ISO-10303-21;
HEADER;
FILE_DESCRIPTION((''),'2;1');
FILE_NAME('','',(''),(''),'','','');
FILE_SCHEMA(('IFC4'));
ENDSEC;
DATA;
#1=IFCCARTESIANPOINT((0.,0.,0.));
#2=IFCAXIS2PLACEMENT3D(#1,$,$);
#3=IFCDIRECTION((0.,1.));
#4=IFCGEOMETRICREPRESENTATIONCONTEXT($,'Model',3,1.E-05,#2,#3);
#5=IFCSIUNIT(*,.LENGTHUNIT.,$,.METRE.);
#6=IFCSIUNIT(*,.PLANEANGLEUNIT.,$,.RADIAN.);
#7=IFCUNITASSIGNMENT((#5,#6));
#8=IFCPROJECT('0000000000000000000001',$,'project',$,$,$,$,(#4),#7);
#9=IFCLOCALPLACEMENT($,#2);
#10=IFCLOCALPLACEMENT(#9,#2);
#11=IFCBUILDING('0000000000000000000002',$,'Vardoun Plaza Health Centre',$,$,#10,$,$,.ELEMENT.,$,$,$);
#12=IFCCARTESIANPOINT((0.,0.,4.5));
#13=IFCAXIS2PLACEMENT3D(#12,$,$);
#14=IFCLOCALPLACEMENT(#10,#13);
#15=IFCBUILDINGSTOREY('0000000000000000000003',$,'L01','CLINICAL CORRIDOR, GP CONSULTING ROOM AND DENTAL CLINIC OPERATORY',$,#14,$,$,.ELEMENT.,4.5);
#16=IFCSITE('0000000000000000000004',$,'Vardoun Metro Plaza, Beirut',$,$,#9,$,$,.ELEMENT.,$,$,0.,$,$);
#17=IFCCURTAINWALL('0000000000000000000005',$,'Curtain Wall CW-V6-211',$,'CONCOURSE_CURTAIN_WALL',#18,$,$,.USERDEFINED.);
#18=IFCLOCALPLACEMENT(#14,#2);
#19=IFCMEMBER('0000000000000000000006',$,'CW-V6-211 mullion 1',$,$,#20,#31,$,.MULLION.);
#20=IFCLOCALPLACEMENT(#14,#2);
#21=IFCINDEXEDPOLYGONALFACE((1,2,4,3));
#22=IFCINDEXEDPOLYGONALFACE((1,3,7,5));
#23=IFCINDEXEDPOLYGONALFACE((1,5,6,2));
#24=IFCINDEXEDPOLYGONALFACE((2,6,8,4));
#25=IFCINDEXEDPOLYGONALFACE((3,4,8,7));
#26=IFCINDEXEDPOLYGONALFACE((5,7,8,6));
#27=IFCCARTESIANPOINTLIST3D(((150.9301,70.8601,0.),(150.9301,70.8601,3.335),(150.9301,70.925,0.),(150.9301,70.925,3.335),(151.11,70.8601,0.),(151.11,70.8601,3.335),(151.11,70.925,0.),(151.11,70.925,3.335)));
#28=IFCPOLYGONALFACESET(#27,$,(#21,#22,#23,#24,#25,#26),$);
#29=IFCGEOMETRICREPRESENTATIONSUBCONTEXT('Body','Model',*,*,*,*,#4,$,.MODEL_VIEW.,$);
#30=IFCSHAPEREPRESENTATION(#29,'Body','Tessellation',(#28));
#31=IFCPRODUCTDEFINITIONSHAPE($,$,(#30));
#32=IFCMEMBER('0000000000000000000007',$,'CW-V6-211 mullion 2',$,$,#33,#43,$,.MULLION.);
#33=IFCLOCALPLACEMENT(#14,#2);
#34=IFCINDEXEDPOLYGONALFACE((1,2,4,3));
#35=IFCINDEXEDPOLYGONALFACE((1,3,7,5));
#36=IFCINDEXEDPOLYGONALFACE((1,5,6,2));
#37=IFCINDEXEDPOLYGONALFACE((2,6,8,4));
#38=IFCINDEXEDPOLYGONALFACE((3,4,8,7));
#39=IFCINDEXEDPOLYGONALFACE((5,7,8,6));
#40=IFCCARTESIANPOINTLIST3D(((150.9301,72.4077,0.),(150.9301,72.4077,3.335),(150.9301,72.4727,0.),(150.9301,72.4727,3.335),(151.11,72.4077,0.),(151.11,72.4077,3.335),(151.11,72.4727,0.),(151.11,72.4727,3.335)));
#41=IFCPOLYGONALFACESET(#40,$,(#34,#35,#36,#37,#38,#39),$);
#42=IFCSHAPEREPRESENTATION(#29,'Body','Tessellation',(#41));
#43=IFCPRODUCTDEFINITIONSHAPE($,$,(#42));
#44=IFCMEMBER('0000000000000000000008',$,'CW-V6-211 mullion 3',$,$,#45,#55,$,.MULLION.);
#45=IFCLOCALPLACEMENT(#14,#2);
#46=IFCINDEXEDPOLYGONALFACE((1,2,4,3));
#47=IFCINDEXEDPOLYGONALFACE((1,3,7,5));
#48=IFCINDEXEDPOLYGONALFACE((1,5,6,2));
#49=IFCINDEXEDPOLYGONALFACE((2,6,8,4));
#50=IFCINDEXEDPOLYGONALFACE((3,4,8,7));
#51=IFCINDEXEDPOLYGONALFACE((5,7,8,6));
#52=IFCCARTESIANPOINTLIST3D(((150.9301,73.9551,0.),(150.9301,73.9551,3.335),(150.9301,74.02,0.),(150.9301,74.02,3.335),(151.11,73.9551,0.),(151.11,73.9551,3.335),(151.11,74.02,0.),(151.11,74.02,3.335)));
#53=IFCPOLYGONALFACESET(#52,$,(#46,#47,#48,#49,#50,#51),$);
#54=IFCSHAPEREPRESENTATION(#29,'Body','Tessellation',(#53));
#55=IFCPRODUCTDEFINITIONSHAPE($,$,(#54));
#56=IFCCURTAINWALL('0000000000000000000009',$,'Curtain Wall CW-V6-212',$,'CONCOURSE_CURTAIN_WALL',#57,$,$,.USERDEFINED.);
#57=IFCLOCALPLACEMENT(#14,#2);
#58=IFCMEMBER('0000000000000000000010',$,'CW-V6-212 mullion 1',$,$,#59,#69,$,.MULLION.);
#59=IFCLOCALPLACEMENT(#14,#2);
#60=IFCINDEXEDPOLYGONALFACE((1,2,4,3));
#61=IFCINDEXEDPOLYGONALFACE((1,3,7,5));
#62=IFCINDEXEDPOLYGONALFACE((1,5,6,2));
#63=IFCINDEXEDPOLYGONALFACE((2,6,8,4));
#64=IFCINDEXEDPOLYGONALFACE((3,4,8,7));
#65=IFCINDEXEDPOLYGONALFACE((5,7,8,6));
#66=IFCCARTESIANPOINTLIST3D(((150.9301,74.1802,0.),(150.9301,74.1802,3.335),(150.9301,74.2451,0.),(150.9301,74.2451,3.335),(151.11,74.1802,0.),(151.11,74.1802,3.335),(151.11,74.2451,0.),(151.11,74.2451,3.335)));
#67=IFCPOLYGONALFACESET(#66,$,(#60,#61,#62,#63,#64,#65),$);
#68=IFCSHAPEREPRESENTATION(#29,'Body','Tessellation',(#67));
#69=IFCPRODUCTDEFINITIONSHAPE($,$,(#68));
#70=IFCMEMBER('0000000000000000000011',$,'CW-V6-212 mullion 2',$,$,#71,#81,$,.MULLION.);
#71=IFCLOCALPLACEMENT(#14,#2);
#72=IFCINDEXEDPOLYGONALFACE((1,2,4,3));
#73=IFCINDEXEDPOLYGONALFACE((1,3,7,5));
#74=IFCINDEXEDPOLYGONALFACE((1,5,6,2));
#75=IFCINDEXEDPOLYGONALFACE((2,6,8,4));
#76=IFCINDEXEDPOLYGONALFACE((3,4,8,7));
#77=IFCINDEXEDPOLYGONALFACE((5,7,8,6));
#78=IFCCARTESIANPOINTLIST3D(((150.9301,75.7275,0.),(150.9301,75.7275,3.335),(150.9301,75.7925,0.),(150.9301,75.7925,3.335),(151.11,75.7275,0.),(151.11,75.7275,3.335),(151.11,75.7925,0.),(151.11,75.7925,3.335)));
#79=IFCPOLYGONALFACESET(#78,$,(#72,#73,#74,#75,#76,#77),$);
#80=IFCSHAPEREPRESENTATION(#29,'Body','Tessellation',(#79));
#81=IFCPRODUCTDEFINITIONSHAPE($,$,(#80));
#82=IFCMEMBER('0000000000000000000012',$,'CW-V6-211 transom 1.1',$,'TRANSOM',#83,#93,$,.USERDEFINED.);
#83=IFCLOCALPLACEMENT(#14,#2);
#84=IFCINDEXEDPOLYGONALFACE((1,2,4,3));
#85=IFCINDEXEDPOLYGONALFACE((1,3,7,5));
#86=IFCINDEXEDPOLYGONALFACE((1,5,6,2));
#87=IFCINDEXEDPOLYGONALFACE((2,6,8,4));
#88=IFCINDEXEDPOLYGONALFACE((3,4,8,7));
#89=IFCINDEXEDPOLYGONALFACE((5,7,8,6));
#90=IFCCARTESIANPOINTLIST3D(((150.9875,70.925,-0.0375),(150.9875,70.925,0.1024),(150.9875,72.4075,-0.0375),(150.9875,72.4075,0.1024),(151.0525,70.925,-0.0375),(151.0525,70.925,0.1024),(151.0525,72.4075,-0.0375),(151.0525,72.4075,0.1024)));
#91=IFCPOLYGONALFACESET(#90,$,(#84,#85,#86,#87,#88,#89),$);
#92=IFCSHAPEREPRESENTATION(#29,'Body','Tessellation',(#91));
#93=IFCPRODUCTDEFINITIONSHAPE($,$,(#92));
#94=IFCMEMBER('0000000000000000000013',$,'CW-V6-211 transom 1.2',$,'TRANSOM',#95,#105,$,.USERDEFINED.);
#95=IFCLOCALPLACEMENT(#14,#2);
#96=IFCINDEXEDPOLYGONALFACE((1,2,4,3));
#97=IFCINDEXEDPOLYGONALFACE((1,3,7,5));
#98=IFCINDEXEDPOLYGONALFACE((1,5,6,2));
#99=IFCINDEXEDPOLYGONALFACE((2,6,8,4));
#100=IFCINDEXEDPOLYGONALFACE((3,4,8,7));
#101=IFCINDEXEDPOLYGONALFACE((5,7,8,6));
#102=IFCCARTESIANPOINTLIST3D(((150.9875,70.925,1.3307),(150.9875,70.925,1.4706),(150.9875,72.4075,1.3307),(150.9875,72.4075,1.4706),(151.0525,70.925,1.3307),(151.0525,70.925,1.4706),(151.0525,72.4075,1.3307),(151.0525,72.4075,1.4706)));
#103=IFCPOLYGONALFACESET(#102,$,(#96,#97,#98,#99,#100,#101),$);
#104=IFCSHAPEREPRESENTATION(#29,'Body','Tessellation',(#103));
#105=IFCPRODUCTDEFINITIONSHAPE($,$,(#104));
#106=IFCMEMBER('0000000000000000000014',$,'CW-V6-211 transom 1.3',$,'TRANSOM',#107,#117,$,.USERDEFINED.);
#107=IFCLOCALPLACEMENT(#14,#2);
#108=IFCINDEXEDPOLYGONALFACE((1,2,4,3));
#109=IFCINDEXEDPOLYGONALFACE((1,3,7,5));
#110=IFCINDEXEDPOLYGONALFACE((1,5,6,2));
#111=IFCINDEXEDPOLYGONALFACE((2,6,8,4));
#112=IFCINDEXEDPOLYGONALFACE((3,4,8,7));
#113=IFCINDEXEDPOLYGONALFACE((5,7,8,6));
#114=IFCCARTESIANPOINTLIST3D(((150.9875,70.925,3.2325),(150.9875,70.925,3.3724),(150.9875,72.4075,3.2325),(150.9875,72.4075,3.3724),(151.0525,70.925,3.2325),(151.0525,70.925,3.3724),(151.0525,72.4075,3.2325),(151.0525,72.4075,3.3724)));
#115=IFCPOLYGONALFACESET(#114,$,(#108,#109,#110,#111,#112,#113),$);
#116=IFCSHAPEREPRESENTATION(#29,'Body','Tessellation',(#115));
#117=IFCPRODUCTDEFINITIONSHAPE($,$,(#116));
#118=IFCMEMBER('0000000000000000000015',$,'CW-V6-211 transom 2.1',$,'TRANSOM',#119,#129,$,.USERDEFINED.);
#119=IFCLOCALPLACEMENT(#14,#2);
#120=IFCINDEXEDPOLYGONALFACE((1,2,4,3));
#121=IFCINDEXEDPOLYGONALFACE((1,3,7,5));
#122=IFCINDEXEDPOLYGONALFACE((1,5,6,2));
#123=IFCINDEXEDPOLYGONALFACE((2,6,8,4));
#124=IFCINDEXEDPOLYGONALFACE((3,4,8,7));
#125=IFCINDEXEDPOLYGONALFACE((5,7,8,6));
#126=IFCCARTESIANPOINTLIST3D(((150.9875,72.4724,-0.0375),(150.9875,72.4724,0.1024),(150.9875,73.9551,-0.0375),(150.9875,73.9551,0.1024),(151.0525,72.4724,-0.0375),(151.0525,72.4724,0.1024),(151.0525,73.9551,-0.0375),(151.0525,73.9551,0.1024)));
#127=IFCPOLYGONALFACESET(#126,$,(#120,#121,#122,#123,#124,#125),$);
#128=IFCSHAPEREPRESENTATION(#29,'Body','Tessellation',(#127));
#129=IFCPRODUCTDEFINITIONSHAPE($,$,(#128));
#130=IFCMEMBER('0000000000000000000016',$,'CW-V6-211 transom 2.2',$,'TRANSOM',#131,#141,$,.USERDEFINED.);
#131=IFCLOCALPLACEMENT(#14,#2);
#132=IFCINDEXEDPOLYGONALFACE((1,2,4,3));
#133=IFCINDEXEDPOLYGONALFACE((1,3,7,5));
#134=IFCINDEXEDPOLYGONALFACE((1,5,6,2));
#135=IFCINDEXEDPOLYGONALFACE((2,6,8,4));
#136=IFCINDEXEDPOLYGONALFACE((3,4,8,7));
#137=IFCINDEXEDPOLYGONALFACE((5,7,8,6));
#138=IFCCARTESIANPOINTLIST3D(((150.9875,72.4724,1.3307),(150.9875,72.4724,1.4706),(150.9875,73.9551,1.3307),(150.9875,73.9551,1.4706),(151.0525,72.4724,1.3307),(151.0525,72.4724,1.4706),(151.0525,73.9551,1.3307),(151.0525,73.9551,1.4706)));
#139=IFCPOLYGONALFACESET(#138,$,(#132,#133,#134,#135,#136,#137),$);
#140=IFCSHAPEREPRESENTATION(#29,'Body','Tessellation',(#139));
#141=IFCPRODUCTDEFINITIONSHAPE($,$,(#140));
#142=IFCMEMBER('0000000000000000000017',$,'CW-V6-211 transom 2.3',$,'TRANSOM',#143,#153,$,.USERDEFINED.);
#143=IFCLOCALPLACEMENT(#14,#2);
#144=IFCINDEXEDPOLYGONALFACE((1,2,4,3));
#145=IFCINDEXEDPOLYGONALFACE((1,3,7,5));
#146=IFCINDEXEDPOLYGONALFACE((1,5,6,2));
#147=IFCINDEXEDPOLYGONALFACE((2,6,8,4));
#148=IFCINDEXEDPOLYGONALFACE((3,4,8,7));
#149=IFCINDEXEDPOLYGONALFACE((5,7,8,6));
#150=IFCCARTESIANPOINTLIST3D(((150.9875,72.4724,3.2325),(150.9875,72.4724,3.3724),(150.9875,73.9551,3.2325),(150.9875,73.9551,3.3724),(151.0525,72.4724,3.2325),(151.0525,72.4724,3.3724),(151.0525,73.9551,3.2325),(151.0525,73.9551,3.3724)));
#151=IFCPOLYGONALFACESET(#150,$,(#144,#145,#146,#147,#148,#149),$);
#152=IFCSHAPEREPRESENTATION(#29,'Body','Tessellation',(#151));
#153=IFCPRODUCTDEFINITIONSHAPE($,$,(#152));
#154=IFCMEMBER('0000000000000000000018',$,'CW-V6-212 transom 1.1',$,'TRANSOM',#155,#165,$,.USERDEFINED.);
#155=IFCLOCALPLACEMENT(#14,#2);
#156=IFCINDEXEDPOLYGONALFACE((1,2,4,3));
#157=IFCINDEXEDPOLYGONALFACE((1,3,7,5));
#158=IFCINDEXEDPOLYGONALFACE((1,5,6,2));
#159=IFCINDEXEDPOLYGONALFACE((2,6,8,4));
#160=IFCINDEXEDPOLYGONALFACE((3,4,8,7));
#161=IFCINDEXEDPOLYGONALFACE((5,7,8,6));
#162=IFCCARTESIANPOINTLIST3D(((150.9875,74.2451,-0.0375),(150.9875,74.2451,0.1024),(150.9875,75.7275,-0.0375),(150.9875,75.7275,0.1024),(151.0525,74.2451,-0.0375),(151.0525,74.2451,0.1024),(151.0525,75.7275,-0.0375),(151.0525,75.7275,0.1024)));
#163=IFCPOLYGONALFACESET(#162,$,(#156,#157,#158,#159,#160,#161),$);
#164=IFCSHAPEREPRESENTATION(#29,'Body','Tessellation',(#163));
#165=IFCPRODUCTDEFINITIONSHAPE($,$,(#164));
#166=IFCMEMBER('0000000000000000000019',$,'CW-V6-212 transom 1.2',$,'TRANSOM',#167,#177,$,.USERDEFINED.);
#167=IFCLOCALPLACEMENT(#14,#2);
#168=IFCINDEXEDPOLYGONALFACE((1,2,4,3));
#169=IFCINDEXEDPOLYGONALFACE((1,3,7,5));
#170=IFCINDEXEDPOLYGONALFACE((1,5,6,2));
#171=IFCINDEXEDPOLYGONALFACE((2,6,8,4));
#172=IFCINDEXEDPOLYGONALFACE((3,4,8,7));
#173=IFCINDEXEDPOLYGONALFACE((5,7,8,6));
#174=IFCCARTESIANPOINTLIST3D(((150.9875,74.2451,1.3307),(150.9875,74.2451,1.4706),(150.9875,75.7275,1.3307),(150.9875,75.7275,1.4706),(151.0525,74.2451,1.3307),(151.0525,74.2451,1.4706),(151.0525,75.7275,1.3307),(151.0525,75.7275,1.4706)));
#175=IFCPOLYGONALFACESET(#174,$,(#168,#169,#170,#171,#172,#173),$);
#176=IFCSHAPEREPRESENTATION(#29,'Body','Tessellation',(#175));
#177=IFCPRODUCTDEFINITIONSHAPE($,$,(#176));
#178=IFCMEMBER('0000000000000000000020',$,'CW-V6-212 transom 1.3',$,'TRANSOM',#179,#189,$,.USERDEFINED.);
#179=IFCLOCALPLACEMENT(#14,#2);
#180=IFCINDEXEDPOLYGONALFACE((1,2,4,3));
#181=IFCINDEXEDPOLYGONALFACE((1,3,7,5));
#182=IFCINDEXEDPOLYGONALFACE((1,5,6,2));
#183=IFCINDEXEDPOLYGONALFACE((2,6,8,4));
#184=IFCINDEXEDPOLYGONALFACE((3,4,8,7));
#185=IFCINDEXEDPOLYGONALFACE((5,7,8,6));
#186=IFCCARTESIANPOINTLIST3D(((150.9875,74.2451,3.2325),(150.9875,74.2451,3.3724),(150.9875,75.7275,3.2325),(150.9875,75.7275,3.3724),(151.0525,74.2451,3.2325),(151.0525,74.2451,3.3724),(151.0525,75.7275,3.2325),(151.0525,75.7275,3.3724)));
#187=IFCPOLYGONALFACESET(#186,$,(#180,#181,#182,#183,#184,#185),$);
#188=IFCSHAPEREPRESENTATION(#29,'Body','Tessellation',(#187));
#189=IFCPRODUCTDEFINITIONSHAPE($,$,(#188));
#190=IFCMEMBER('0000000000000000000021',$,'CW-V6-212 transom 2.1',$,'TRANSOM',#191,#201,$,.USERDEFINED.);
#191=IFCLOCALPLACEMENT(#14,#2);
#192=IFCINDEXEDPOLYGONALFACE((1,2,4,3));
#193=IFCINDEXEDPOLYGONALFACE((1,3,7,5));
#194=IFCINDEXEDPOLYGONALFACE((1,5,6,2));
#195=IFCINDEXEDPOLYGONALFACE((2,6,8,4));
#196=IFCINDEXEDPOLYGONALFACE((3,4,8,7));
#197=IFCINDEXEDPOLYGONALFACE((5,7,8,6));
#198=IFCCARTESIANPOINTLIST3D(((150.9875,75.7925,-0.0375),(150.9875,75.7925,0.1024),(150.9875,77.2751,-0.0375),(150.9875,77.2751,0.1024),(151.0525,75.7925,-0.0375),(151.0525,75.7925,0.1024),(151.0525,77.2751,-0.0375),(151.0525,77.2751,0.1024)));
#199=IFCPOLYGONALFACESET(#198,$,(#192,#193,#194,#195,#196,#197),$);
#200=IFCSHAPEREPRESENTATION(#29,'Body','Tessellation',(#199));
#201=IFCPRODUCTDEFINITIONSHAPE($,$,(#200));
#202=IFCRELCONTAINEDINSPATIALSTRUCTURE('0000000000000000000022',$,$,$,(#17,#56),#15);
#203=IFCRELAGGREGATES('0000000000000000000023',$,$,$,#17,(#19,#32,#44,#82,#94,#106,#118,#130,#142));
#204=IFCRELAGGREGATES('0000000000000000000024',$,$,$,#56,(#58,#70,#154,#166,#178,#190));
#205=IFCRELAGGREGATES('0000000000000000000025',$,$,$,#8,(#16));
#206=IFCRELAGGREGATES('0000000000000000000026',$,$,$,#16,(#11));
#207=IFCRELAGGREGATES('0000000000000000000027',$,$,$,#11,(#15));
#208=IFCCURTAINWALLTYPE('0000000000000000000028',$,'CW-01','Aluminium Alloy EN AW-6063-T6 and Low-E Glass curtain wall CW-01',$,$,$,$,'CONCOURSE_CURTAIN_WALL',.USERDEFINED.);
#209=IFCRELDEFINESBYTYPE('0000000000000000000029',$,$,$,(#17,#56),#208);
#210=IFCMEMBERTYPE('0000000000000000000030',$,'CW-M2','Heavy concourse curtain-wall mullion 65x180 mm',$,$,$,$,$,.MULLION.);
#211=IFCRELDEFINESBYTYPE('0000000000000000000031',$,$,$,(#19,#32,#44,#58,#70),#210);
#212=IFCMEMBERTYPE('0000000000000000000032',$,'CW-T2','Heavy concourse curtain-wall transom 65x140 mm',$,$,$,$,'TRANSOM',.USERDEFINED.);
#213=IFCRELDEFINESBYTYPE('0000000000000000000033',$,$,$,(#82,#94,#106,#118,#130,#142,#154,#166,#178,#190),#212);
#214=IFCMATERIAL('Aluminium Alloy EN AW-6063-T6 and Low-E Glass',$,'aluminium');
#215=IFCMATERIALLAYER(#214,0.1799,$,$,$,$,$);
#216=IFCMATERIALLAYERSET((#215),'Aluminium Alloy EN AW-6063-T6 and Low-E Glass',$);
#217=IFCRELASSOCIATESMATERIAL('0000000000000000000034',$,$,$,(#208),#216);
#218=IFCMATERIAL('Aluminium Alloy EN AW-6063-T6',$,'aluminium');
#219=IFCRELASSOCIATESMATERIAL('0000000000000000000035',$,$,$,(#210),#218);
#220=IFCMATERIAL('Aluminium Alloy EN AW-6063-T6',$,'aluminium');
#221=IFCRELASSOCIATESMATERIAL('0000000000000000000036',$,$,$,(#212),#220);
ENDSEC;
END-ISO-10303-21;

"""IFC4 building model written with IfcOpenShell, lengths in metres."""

from ifc_helpers import new_model, si_unit, direction, frame, origin, origin_2d, place, context, subcontext, project, spatial, rectangle, extrude, material, layer, layer_set, material_profile, profile_set, type_object, element, aggregate, save


model = new_model("IFC4")

# Units and contexts
model_context = context("Model", 3, precision=1e-05, world=origin(), true_north=direction((0.0, 1.0)))
body_context = subcontext(model_context, "Body", "Model", "MODEL_VIEW")
ifc_project = project(units=[si_unit("LENGTHUNIT", "METRE"), si_unit("PLANEANGLEUNIT", "RADIAN")], contexts=[model_context])

# Site, building, storey
site_placement = place(None, origin())
site = spatial("IfcSite", under=ifc_project, at=site_placement, Name="Vardoun Metro Plaza, Beirut", CompositionType="ELEMENT", RefElevation=0.0)
building_placement = place(site_placement, origin())
building = spatial("IfcBuilding", under=site, at=building_placement, Name="Vardoun Plaza Health Centre", CompositionType="ELEMENT")
storey_placement = place(building_placement, frame((0.0, 0.0, 4.5)))
storey = spatial("IfcBuildingStorey", under=building, at=storey_placement, Name="L01", Description="CLINICAL CORRIDOR, GP CONSULTING ROOM AND DENTAL CLINIC OPERATORY", CompositionType="ELEMENT", Elevation=4.5)

# Curtain walls, members
ifc_material_1 = material(Name="Aluminium Alloy EN AW-6063-T6 and Low-E Glass", Category="aluminium")
ifc_layer_1 = layer(ifc_material_1, 0.1799)
ifc_layer_set_1 = layer_set([ifc_layer_1], Name="Aluminium Alloy EN AW-6063-T6 and Low-E Glass")
curtain_wall_type = type_object("IfcCurtainWallType", Name="CW-01", Description="Aluminium Alloy EN AW-6063-T6 and Low-E Glass curtain wall CW-01", ElementType="CONCOURSE_CURTAIN_WALL", PredefinedType="USERDEFINED", material=ifc_layer_set_1)
curtain_wall_1_placement = place(storey_placement, origin())
curtain_wall_1 = element("IfcCurtainWall", 1, at=curtain_wall_1_placement, inside=storey, type_object=curtain_wall_type, Name="Curtain Wall CW-V6-211", ObjectType="CONCOURSE_CURTAIN_WALL", PredefinedType="USERDEFINED")
ifc_material_2 = material(Name="Aluminium Alloy EN AW-6063-T6", Category="aluminium")
ifc_material_profile_1 = material_profile(ifc_material_2, rectangle(XDim=0.1799, YDim=0.0649, at=origin_2d()), Name="CWM 65x180")
ifc_profile_set_1 = profile_set([ifc_material_profile_1], Name="Aluminium Alloy EN AW-6063-T6")
member_type_1 = type_object("IfcMemberType", Name="CW-M2", Description="Heavy concourse curtain-wall mullion 65x180 mm", PredefinedType="MULLION", material=ifc_profile_set_1)
member_1_placement = place(storey_placement, frame((151.02, 70.8926, 0.0), z_axis=(0.0, 0.0, 1.0), x_axis=(-1.0, 0.0, 0.0)))
member_1 = element("IfcMember", 2, at=member_1_placement, type_object=member_type_1, Name="CW-V6-211 mullion 1", PredefinedType="MULLION", context=body_context, shape_type="SweptSolid", body=[
    extrude(rectangle(XDim=0.1799, YDim=0.0649, at=origin_2d()), origin(), (0.0, 0.0, 1.0), 3.335),
])
member_2_placement = place(storey_placement, frame((151.02, 72.4402, 0.0), z_axis=(0.0, 0.0, 1.0), x_axis=(-1.0, 0.0, 0.0)))
member_2 = element("IfcMember", 3, at=member_2_placement, type_object=member_type_1, Name="CW-V6-211 mullion 2", PredefinedType="MULLION", context=body_context, shape_type="SweptSolid", body=[
    extrude(rectangle(XDim=0.1799, YDim=0.0649, at=origin_2d()), origin(), (0.0, 0.0, 1.0), 3.335),
])
member_3_placement = place(storey_placement, frame((151.02, 73.9875, 0.0), z_axis=(0.0, 0.0, 1.0), x_axis=(-1.0, 0.0, 0.0)))
member_3 = element("IfcMember", 4, at=member_3_placement, type_object=member_type_1, Name="CW-V6-211 mullion 3", PredefinedType="MULLION", context=body_context, shape_type="SweptSolid", body=[
    extrude(rectangle(XDim=0.1799, YDim=0.0649, at=origin_2d()), origin(), (0.0, 0.0, 1.0), 3.335),
])
curtain_wall_2_placement = place(storey_placement, origin())
curtain_wall_2 = element("IfcCurtainWall", 5, at=curtain_wall_2_placement, inside=storey, type_object=curtain_wall_type, Name="Curtain Wall CW-V6-212", ObjectType="CONCOURSE_CURTAIN_WALL", PredefinedType="USERDEFINED")
member_4_placement = place(storey_placement, frame((151.02, 74.2126, 0.0), z_axis=(0.0, 0.0, 1.0), x_axis=(-1.0, 0.0, 0.0)))
member_4 = element("IfcMember", 6, at=member_4_placement, type_object=member_type_1, Name="CW-V6-212 mullion 1", PredefinedType="MULLION", context=body_context, shape_type="SweptSolid", body=[
    extrude(rectangle(XDim=0.1799, YDim=0.0649, at=origin_2d()), origin(), (0.0, 0.0, 1.0), 3.335),
])
member_5_placement = place(storey_placement, frame((151.02, 75.76, 0.0), z_axis=(0.0, 0.0, 1.0), x_axis=(-1.0, 0.0, 0.0)))
member_5 = element("IfcMember", 7, at=member_5_placement, type_object=member_type_1, Name="CW-V6-212 mullion 2", PredefinedType="MULLION", context=body_context, shape_type="SweptSolid", body=[
    extrude(rectangle(XDim=0.1799, YDim=0.0649, at=origin_2d()), origin(), (0.0, 0.0, 1.0), 3.335),
])

# Members
ifc_material_3 = material(Name="Aluminium Alloy EN AW-6063-T6", Category="aluminium")
ifc_material_profile_2 = material_profile(ifc_material_3, rectangle(XDim=0.0649, YDim=0.1399, at=origin_2d()), Name="CWT 65x140")
ifc_profile_set_2 = profile_set([ifc_material_profile_2], Name="Aluminium Alloy EN AW-6063-T6")
member_type_2 = type_object("IfcMemberType", Name="CW-T2", Description="Heavy concourse curtain-wall transom 65x140 mm", ElementType="TRANSOM", PredefinedType="USERDEFINED", material=ifc_profile_set_2)
member_6_placement = place(storey_placement, frame((151.02, 70.925, 0.0325), z_axis=(0.0, 1.0, 0.0), x_axis=(-1.0, 0.0, 0.0)))
member_6 = element("IfcMember", 8, at=member_6_placement, type_object=member_type_2, Name="CW-V6-211 transom 1.1", ObjectType="TRANSOM", PredefinedType="USERDEFINED", context=body_context, shape_type="SweptSolid", body=[
    extrude(rectangle(XDim=0.0649, YDim=0.1399, at=origin_2d()), origin(), (0.0, 0.0, 1.0), 1.4824),
])
member_7_placement = place(storey_placement, frame((151.02, 70.925, 1.4006), z_axis=(0.0, 1.0, 0.0), x_axis=(-1.0, 0.0, 0.0)))
member_7 = element("IfcMember", 9, at=member_7_placement, type_object=member_type_2, Name="CW-V6-211 transom 1.2", ObjectType="TRANSOM", PredefinedType="USERDEFINED", context=body_context, shape_type="SweptSolid", body=[
    extrude(rectangle(XDim=0.0649, YDim=0.1399, at=origin_2d()), origin(), (0.0, 0.0, 1.0), 1.4824),
])
member_8_placement = place(storey_placement, frame((151.02, 70.925, 3.3025), z_axis=(0.0, 1.0, 0.0), x_axis=(-1.0, 0.0, 0.0)))
member_8 = element("IfcMember", 10, at=member_8_placement, type_object=member_type_2, Name="CW-V6-211 transom 1.3", ObjectType="TRANSOM", PredefinedType="USERDEFINED", context=body_context, shape_type="SweptSolid", body=[
    extrude(rectangle(XDim=0.0649, YDim=0.1399, at=origin_2d()), origin(), (0.0, 0.0, 1.0), 1.4824),
])
member_9_placement = place(storey_placement, frame((151.02, 72.4724, 0.0325), z_axis=(0.0, 1.0, 0.0), x_axis=(-1.0, 0.0, 0.0)))
member_9 = element("IfcMember", 11, at=member_9_placement, type_object=member_type_2, Name="CW-V6-211 transom 2.1", ObjectType="TRANSOM", PredefinedType="USERDEFINED", context=body_context, shape_type="SweptSolid", body=[
    extrude(rectangle(XDim=0.0649, YDim=0.1399, at=origin_2d()), origin(), (0.0, 0.0, 1.0), 1.4827),
])
member_10_placement = place(storey_placement, frame((151.02, 72.4724, 1.4006), z_axis=(0.0, 1.0, 0.0), x_axis=(-1.0, 0.0, 0.0)))
member_10 = element("IfcMember", 12, at=member_10_placement, type_object=member_type_2, Name="CW-V6-211 transom 2.2", ObjectType="TRANSOM", PredefinedType="USERDEFINED", context=body_context, shape_type="SweptSolid", body=[
    extrude(rectangle(XDim=0.0649, YDim=0.1399, at=origin_2d()), origin(), (0.0, 0.0, 1.0), 1.4827),
])
member_11_placement = place(storey_placement, frame((151.02, 72.4724, 3.3025), z_axis=(0.0, 1.0, 0.0), x_axis=(-1.0, 0.0, 0.0)))
member_11 = element("IfcMember", 13, at=member_11_placement, type_object=member_type_2, Name="CW-V6-211 transom 2.3", ObjectType="TRANSOM", PredefinedType="USERDEFINED", context=body_context, shape_type="SweptSolid", body=[
    extrude(rectangle(XDim=0.0649, YDim=0.1399, at=origin_2d()), origin(), (0.0, 0.0, 1.0), 1.4827),
])
member_12_placement = place(storey_placement, frame((151.02, 74.2451, 0.0325), z_axis=(0.0, 1.0, 0.0), x_axis=(-1.0, 0.0, 0.0)))
member_12 = element("IfcMember", 14, at=member_12_placement, type_object=member_type_2, Name="CW-V6-212 transom 1.1", ObjectType="TRANSOM", PredefinedType="USERDEFINED", context=body_context, shape_type="SweptSolid", body=[
    extrude(rectangle(XDim=0.0649, YDim=0.1399, at=origin_2d()), origin(), (0.0, 0.0, 1.0), 1.4824),
])
member_13_placement = place(storey_placement, frame((151.02, 74.2451, 1.4006), z_axis=(0.0, 1.0, 0.0), x_axis=(-1.0, 0.0, 0.0)))
member_13 = element("IfcMember", 15, at=member_13_placement, type_object=member_type_2, Name="CW-V6-212 transom 1.2", ObjectType="TRANSOM", PredefinedType="USERDEFINED", context=body_context, shape_type="SweptSolid", body=[
    extrude(rectangle(XDim=0.0649, YDim=0.1399, at=origin_2d()), origin(), (0.0, 0.0, 1.0), 1.4824),
])
member_14_placement = place(storey_placement, frame((151.02, 74.2451, 3.3025), z_axis=(0.0, 1.0, 0.0), x_axis=(-1.0, 0.0, 0.0)))
member_14 = element("IfcMember", 16, at=member_14_placement, type_object=member_type_2, Name="CW-V6-212 transom 1.3", ObjectType="TRANSOM", PredefinedType="USERDEFINED", context=body_context, shape_type="SweptSolid", body=[
    extrude(rectangle(XDim=0.0649, YDim=0.1399, at=origin_2d()), origin(), (0.0, 0.0, 1.0), 1.4824),
])
member_15_placement = place(storey_placement, frame((151.02, 75.7925, 0.0325), z_axis=(0.0, 1.0, 0.0), x_axis=(-1.0, 0.0, 0.0)))
member_15 = element("IfcMember", 17, at=member_15_placement, type_object=member_type_2, Name="CW-V6-212 transom 2.1", ObjectType="TRANSOM", PredefinedType="USERDEFINED", context=body_context, shape_type="SweptSolid", body=[
    extrude(rectangle(XDim=0.0649, YDim=0.1399, at=origin_2d()), origin(), (0.0, 0.0, 1.0), 1.4827),
])

aggregate(curtain_wall_1, [member_1, member_2, member_3, member_6, member_7, member_8, member_9, member_10, member_11])
aggregate(curtain_wall_2, [member_4, member_5, member_12, member_13, member_14, member_15])

save(model, "model.ifc")
